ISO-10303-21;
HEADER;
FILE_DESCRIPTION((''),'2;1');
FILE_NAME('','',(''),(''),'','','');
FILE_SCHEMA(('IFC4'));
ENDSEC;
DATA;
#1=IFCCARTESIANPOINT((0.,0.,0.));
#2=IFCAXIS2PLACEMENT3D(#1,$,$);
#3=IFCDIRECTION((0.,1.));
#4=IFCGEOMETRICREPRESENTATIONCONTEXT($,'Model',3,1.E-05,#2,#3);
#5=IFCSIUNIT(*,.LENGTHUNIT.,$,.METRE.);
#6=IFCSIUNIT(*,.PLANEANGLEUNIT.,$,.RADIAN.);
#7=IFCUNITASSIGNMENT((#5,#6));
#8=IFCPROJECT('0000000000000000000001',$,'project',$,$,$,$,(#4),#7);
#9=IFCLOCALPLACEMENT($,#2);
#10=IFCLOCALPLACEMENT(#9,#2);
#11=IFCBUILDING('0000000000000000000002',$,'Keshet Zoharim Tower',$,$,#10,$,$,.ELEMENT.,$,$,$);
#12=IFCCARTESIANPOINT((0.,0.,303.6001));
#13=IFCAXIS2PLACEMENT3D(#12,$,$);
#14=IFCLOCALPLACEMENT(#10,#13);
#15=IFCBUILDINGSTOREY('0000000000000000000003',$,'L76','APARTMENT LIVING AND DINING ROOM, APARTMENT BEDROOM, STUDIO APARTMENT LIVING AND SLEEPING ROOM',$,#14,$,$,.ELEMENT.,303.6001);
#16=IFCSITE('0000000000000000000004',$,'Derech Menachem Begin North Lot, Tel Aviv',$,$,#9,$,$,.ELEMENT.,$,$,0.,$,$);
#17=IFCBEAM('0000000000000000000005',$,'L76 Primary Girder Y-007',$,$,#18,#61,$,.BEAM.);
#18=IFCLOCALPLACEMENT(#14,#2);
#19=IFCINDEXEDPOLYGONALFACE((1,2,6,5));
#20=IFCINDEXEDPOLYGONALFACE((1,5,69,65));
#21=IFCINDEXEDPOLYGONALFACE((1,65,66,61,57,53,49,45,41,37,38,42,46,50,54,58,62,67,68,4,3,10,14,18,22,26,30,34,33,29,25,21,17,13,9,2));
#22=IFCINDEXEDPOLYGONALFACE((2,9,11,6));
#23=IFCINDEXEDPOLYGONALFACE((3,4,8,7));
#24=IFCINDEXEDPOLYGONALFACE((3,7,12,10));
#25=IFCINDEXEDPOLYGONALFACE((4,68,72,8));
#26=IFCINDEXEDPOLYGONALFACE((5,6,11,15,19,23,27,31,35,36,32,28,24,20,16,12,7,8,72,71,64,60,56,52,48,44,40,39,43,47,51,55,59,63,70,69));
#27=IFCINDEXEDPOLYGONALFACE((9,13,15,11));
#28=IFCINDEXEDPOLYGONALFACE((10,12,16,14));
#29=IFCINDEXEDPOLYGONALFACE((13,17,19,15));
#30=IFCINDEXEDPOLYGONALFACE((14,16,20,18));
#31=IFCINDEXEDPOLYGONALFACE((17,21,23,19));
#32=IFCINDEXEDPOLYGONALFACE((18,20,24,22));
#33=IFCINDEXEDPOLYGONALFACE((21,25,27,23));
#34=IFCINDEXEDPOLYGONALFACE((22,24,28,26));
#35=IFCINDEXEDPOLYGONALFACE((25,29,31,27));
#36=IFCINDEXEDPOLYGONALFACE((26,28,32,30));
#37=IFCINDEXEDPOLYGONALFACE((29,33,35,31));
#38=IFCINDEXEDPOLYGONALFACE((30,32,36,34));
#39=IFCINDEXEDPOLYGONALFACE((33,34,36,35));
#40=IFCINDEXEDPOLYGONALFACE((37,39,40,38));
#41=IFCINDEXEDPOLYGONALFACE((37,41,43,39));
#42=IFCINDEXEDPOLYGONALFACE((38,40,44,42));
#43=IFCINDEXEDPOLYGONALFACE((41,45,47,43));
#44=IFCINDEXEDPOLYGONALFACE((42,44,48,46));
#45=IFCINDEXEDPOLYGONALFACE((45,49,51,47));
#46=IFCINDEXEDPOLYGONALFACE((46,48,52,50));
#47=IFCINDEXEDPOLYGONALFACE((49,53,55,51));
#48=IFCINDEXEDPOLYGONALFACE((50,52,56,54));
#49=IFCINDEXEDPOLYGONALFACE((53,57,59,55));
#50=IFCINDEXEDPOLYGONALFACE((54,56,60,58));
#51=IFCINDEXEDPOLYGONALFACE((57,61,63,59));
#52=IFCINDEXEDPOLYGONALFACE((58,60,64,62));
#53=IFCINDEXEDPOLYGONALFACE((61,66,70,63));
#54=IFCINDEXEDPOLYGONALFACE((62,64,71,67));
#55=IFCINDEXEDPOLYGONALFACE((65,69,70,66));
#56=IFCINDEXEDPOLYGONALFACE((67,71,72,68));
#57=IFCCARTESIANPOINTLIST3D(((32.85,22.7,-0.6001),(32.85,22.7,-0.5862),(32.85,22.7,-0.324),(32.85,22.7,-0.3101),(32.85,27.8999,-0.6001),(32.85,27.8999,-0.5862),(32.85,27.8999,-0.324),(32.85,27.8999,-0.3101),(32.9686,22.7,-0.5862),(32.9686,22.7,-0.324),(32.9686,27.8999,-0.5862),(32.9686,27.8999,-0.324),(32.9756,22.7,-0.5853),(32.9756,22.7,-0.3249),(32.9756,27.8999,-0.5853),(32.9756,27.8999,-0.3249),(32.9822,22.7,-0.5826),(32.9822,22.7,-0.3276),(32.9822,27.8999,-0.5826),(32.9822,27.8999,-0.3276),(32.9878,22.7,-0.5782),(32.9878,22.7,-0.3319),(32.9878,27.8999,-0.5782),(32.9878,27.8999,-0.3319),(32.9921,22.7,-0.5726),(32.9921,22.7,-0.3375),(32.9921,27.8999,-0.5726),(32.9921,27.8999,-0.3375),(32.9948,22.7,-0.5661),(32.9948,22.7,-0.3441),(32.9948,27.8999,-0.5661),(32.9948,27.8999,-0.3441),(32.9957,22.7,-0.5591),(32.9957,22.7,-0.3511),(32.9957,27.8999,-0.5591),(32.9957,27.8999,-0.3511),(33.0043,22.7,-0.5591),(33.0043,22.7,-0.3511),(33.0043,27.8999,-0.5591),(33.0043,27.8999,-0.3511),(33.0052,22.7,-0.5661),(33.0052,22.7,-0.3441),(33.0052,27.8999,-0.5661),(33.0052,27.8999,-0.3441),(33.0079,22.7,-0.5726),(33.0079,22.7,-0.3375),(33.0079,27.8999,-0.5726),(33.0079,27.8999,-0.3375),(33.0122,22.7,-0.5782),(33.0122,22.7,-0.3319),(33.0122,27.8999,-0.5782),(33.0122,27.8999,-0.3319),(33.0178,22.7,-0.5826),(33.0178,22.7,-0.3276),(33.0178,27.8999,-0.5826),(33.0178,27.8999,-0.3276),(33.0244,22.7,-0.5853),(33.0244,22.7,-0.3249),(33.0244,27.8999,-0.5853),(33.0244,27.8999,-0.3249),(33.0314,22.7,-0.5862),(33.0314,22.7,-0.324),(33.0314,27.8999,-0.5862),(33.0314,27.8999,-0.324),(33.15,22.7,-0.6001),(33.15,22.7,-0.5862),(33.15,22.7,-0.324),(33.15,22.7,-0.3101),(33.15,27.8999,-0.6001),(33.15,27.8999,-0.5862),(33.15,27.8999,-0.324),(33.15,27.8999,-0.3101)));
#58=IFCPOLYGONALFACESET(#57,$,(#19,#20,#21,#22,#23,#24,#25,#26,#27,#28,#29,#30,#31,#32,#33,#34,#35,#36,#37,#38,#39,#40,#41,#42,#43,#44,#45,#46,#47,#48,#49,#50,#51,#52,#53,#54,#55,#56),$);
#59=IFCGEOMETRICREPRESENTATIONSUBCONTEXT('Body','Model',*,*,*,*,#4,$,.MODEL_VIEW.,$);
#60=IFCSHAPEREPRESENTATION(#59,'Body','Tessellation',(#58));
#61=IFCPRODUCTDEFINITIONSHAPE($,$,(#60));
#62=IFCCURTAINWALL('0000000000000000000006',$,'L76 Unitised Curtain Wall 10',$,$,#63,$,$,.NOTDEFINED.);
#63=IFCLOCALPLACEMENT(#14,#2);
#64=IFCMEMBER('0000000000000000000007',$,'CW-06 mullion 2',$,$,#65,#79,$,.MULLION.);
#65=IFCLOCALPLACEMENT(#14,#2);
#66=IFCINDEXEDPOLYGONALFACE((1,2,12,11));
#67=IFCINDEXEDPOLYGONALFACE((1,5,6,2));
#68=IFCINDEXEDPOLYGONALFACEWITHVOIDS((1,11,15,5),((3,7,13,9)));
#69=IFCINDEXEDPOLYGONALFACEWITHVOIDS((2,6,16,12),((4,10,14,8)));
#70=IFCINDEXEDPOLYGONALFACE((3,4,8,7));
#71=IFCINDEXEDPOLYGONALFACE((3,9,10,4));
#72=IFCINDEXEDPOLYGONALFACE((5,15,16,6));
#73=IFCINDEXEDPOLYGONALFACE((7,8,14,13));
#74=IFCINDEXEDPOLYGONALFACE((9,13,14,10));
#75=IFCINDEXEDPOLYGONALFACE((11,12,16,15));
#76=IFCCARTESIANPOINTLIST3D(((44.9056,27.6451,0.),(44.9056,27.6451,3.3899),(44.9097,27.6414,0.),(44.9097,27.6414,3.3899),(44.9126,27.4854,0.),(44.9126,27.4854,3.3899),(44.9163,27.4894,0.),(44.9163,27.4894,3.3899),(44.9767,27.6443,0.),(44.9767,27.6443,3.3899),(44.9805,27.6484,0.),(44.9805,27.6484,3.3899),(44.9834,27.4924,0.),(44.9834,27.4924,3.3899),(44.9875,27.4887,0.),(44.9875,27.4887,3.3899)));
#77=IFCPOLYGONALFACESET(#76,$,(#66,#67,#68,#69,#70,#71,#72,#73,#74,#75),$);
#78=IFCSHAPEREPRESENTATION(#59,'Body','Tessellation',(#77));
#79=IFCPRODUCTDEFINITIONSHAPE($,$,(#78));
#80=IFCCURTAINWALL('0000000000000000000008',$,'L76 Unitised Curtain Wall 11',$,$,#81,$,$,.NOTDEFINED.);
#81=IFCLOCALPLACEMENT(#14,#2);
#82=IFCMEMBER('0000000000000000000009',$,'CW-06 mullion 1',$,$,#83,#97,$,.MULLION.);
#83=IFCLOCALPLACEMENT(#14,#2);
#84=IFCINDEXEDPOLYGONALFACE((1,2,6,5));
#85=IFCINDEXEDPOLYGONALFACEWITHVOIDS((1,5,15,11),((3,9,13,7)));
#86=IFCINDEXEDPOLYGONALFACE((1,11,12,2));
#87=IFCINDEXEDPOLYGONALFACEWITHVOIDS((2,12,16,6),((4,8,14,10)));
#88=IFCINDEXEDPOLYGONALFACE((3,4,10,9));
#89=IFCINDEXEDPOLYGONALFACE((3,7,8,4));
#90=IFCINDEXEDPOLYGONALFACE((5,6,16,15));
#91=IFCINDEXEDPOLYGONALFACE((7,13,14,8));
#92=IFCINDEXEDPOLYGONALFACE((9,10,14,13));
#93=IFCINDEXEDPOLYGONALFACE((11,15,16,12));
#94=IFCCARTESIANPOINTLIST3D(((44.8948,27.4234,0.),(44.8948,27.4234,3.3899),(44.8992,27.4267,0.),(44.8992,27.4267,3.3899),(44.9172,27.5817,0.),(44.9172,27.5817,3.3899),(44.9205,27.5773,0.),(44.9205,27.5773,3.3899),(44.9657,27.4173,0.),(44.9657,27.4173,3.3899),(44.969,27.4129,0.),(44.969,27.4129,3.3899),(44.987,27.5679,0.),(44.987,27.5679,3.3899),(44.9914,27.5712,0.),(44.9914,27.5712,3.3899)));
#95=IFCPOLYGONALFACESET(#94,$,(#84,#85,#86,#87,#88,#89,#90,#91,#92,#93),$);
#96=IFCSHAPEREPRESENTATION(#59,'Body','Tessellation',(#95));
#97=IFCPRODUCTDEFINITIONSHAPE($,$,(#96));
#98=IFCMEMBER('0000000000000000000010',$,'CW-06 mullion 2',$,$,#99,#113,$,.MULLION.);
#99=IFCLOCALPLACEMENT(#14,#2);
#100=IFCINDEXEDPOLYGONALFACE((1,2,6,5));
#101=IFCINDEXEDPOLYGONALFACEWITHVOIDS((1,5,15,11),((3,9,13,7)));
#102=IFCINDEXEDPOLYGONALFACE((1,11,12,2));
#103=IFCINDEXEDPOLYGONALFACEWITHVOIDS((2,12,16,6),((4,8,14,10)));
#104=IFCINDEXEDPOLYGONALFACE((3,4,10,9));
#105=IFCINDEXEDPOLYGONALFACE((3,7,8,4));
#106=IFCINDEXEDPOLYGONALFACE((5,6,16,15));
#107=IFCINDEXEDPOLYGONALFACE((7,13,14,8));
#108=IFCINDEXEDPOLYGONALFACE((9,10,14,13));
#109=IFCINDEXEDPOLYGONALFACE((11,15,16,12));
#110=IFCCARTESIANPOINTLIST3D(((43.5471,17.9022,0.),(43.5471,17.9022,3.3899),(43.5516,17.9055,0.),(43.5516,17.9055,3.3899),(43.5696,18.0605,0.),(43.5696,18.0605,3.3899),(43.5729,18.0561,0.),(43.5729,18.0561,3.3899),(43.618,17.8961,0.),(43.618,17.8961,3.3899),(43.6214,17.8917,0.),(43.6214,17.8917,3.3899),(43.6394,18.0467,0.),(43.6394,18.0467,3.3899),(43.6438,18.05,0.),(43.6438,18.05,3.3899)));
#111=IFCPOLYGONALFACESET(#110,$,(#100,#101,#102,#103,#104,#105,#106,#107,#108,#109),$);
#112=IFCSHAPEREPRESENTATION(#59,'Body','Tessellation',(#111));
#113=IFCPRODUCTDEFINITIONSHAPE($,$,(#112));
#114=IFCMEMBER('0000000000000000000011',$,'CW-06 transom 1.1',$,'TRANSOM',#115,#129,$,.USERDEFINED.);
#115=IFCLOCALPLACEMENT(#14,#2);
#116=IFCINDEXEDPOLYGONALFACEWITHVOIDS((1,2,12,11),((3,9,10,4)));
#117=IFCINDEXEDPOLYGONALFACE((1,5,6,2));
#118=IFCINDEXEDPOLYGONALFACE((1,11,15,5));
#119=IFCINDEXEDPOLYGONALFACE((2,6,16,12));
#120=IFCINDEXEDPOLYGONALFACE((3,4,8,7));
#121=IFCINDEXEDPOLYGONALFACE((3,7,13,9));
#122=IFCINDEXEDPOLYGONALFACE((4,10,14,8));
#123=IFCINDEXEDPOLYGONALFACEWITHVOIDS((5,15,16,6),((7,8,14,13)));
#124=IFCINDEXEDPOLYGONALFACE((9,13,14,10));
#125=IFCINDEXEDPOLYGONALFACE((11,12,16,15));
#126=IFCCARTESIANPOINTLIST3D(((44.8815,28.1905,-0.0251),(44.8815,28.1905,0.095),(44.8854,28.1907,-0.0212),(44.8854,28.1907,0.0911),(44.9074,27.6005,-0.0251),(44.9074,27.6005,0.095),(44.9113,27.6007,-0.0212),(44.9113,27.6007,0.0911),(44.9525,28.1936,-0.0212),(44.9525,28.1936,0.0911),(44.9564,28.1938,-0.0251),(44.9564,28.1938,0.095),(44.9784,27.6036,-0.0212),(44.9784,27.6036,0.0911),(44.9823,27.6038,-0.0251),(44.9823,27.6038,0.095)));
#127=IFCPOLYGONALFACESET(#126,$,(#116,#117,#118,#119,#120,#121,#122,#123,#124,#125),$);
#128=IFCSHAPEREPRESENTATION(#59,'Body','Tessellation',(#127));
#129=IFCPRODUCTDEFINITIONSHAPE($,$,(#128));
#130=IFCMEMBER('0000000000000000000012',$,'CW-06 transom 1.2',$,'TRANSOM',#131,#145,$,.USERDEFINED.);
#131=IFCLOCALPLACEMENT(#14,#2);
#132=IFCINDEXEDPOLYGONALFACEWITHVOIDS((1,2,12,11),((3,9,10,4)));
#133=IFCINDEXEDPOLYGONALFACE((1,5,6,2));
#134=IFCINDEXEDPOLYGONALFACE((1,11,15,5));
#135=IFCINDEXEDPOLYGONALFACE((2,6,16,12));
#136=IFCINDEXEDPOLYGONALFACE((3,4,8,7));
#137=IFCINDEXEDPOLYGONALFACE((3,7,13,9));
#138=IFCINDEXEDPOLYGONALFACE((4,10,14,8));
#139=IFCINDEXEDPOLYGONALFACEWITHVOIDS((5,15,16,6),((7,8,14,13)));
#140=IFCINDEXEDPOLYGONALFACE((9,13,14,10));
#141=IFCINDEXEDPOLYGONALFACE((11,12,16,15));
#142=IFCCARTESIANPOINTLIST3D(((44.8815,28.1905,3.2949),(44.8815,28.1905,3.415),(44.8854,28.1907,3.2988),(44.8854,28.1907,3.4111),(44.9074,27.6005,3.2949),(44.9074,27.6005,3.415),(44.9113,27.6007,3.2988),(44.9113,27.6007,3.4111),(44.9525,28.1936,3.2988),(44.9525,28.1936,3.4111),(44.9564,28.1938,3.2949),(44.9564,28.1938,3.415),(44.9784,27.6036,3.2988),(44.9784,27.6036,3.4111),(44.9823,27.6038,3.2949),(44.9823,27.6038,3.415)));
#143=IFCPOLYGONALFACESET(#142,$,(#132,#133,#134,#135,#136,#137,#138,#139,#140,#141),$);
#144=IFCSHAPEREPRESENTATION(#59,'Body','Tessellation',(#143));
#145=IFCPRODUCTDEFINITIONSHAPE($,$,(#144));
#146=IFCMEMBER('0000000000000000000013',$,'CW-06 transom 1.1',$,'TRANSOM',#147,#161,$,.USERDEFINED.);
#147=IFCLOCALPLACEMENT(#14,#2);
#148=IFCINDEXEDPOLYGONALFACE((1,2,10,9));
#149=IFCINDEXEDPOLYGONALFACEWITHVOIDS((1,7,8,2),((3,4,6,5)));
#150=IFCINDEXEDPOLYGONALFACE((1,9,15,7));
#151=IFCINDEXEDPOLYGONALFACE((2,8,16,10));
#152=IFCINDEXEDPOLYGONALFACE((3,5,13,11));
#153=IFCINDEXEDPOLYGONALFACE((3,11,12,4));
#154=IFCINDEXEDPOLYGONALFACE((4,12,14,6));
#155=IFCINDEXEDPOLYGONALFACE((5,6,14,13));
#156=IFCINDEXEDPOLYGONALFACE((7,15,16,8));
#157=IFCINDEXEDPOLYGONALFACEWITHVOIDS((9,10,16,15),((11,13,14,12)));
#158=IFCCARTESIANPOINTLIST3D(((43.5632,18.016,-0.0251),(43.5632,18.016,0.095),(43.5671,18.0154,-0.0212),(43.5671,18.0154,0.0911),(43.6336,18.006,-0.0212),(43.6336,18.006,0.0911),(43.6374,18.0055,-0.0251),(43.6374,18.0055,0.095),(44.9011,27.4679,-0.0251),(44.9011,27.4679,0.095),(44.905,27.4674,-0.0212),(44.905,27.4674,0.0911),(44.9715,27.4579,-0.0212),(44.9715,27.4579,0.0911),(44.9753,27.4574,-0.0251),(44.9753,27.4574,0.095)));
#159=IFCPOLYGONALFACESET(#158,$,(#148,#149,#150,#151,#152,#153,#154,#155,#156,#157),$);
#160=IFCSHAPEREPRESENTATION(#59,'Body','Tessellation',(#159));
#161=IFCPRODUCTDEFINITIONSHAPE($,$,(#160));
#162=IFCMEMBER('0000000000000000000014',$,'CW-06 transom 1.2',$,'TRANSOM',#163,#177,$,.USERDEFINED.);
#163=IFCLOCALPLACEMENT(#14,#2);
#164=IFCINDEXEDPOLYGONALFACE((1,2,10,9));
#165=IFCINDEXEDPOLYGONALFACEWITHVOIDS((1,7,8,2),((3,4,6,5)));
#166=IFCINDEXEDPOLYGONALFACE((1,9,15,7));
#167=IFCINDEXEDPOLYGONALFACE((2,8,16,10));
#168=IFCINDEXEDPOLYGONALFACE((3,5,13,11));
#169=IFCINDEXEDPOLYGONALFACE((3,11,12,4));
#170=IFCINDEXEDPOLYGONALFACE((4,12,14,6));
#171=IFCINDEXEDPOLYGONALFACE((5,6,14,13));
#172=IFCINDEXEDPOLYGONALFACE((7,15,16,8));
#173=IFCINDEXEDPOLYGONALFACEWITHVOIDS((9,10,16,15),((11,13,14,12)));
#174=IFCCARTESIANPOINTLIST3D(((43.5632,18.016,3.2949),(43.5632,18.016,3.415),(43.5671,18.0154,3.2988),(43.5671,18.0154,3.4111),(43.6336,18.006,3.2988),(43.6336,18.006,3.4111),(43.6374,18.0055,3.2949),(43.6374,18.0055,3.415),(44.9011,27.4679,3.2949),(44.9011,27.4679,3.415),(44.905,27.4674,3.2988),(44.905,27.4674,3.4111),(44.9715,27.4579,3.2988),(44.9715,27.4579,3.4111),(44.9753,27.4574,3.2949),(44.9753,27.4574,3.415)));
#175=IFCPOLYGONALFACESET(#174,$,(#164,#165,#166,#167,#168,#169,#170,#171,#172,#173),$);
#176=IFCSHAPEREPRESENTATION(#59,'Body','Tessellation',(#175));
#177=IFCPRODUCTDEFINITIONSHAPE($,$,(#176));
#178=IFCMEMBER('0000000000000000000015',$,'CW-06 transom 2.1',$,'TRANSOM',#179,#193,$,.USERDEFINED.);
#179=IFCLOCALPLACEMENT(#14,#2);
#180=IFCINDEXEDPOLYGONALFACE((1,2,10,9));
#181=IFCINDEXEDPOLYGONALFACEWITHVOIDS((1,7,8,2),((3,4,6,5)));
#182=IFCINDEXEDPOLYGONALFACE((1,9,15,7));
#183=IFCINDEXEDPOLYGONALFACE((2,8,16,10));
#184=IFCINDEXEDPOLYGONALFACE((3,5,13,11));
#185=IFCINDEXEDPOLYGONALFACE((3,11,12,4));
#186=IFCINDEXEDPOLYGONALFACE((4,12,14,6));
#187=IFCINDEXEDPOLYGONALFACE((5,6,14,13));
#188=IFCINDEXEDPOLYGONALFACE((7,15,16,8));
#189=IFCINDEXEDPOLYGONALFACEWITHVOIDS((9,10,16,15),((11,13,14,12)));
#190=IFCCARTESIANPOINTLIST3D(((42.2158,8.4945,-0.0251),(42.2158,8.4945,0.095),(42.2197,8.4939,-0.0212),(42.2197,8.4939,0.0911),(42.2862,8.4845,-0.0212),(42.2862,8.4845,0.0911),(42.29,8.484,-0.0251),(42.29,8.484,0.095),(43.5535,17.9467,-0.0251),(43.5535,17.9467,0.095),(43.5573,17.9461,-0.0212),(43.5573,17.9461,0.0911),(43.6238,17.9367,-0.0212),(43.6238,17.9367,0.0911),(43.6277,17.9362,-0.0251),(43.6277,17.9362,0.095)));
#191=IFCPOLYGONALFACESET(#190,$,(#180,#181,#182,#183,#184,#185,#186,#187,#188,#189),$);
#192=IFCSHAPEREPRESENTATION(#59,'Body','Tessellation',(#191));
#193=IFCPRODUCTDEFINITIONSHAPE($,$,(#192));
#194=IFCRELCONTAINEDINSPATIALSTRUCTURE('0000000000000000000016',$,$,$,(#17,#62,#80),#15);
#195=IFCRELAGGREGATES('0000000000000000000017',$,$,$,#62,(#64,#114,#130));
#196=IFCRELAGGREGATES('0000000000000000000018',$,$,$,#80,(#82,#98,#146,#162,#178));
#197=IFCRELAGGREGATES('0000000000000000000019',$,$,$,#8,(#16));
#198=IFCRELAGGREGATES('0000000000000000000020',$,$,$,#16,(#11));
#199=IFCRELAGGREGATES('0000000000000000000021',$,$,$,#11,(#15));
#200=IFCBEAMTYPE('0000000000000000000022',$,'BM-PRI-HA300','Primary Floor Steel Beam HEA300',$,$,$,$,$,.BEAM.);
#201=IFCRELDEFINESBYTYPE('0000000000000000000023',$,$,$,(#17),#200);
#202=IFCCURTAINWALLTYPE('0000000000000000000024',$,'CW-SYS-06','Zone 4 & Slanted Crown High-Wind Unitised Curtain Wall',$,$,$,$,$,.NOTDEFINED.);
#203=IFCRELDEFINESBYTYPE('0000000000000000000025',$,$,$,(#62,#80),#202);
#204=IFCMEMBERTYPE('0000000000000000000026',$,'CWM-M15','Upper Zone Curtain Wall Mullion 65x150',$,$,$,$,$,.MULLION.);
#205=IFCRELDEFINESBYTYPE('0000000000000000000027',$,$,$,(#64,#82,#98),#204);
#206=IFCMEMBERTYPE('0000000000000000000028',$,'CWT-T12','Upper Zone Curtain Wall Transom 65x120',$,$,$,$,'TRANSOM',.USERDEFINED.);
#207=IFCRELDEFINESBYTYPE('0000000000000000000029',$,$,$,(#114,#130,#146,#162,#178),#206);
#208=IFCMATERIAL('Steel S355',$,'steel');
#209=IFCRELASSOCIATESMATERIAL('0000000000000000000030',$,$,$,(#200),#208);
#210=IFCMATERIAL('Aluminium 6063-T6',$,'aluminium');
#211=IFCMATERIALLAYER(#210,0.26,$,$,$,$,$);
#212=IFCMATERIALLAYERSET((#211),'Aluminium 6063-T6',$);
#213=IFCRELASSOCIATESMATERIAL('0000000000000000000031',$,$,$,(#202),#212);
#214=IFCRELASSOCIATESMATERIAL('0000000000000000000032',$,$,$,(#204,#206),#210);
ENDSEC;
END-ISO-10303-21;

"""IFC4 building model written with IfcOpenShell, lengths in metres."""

from ifc_helpers import new_model, si_unit, direction, frame, origin, origin_2d, place, context, subcontext, project, spatial, hollow_rectangle, i_section, extrude, material, layer, layer_set, material_profile, profile_set, type_object, element, aggregate, save


model = new_model("IFC4")

# Units and contexts
model_context = context("Model", 3, precision=1e-05, world=origin(), true_north=direction((0.0, 1.0)))
body_context = subcontext(model_context, "Body", "Model", "MODEL_VIEW")
ifc_project = project(units=[si_unit("LENGTHUNIT", "METRE"), si_unit("PLANEANGLEUNIT", "RADIAN")], contexts=[model_context])

# Site, building, storey
site_placement = place(None, origin())
site = spatial("IfcSite", under=ifc_project, at=site_placement, Name="Derech Menachem Begin North Lot, Tel Aviv", CompositionType="ELEMENT", RefElevation=0.0)
building_placement = place(site_placement, origin())
building = spatial("IfcBuilding", under=site, at=building_placement, Name="Keshet Zoharim Tower", CompositionType="ELEMENT")
storey_placement = place(building_placement, frame((0.0, 0.0, 303.6001)))
storey = spatial("IfcBuildingStorey", under=building, at=storey_placement, Name="L76", Description="APARTMENT LIVING AND DINING ROOM, APARTMENT BEDROOM, STUDIO APARTMENT LIVING AND SLEEPING ROOM", CompositionType="ELEMENT", Elevation=303.6001)

# Shared definitions
ifc_material_1 = material(Name="Steel S355", Category="steel")

# Beam
ifc_material_profile_1 = material_profile(ifc_material_1, i_section(OverallWidth=0.3, OverallDepth=0.29, WebThickness=0.0085, FlangeThickness=0.0139, FilletRadius=0.0271, at=origin_2d()), Name="HEA300")
ifc_profile_set_1 = profile_set([ifc_material_profile_1], Name="Steel S355")
beam_type_1 = type_object("IfcBeamType", Name="BM-PRI-HA300", Description="Primary Floor Steel Beam HEA300", PredefinedType="BEAM", material=ifc_profile_set_1)
beam_1_placement = place(storey_placement, frame((33.0, 22.7, -0.4551), z_axis=(0.0, 1.0, 0.0), x_axis=(-1.0, 0.0, 0.0)))
element("IfcBeam", 1, at=beam_1_placement, inside=storey, type_object=beam_type_1, Name="L76 Primary Girder Y-007", PredefinedType="BEAM", context=body_context, shape_type="SweptSolid", body=[
    extrude(i_section(OverallWidth=0.3, OverallDepth=0.29, WebThickness=0.0085, FlangeThickness=0.0139, FilletRadius=0.0271, at=origin_2d()), origin(), (0.0, 0.0, 1.0), 5.2),
])

# Curtain wall, member
ifc_material_2 = material(Name="Aluminium 6063-T6", Category="aluminium")
ifc_layer_1 = layer(ifc_material_2, 0.26)
ifc_layer_set_1 = layer_set([ifc_layer_1], Name="Aluminium 6063-T6")
curtain_wall_type = type_object("IfcCurtainWallType", Name="CW-SYS-06", Description="Zone 4 & Slanted Crown High-Wind Unitised Curtain Wall", PredefinedType="NOTDEFINED", material=ifc_layer_set_1)
curtain_wall_1_placement = place(storey_placement, origin())
curtain_wall_1 = element("IfcCurtainWall", 2, at=curtain_wall_1_placement, inside=storey, type_object=curtain_wall_type, Name="L76 Unitised Curtain Wall 10", PredefinedType="NOTDEFINED")
ifc_material_profile_2 = material_profile(ifc_material_2, hollow_rectangle(XDim=0.075, YDim=0.1599, WallThickness=0.0039, at=origin_2d()), Name="MUL-75x160")
ifc_profile_set_2 = profile_set([ifc_material_profile_2], Name="Aluminium 6063-T6")
member_type_1 = type_object("IfcMemberType", Name="CWM-M15", Description="Upper Zone Curtain Wall Mullion 65x150", PredefinedType="MULLION", material=ifc_profile_set_2)
member_1_placement = place(storey_placement, frame((44.9465, 27.5669, 0.0), z_axis=(0.0, 0.0, 1.0), x_axis=(0.999041, 0.043794, 0.0)))
member_1 = element("IfcMember", 3, at=member_1_placement, type_object=member_type_1, Name="CW-06 mullion 2", PredefinedType="MULLION", context=body_context, shape_type="SweptSolid", body=[
    extrude(hollow_rectangle(XDim=0.075, YDim=0.1599, WallThickness=0.0039, at=origin_2d()), origin(), (0.0, 0.0, 1.0), 3.3899),
])

# Curtain wall, members
curtain_wall_2_placement = place(storey_placement, origin())
curtain_wall_2 = element("IfcCurtainWall", 4, at=curtain_wall_2_placement, inside=storey, type_object=curtain_wall_type, Name="L76 Unitised Curtain Wall 11", PredefinedType="NOTDEFINED")
member_2_placement = place(storey_placement, frame((44.9431, 27.4973, 0.0), z_axis=(0.0, 0.0, 1.0), x_axis=(0.990132, -0.140137, 0.0)))
member_2 = element("IfcMember", 5, at=member_2_placement, type_object=member_type_1, Name="CW-06 mullion 1", PredefinedType="MULLION", context=body_context, shape_type="SweptSolid", body=[
    extrude(hollow_rectangle(XDim=0.075, YDim=0.1599, WallThickness=0.0039, at=origin_2d()), origin(), (0.0, 0.0, 1.0), 3.3899),
])
member_3_placement = place(storey_placement, frame((43.5955, 17.9761, 0.0), z_axis=(0.0, 0.0, 1.0), x_axis=(0.990132, -0.140137, 0.0)))
member_3 = element("IfcMember", 6, at=member_3_placement, type_object=member_type_1, Name="CW-06 mullion 2", PredefinedType="MULLION", context=body_context, shape_type="SweptSolid", body=[
    extrude(hollow_rectangle(XDim=0.075, YDim=0.1599, WallThickness=0.0039, at=origin_2d()), origin(), (0.0, 0.0, 1.0), 3.3899),
])

# Members
ifc_material_profile_3 = material_profile(ifc_material_2, hollow_rectangle(XDim=0.075, YDim=0.1201, WallThickness=0.0039, at=origin_2d()), Name="TRN-75x120")
ifc_profile_set_3 = profile_set([ifc_material_profile_3], Name="Aluminium 6063-T6")
member_type_2 = type_object("IfcMemberType", Name="CWT-T12", Description="Upper Zone Curtain Wall Transom 65x120", ElementType="TRANSOM", PredefinedType="USERDEFINED", material=ifc_profile_set_3)
member_4_placement = place(storey_placement, frame((44.9189, 28.1921, 0.0349), z_axis=(0.043814, -0.99904, 0.0), x_axis=(0.99904, 0.043814, 0.0)))
member_4 = element("IfcMember", 7, at=member_4_placement, type_object=member_type_2, Name="CW-06 transom 1.1", ObjectType="TRANSOM", PredefinedType="USERDEFINED", context=body_context, shape_type="SweptSolid", body=[
    extrude(hollow_rectangle(XDim=0.075, YDim=0.1201, WallThickness=0.0039, at=origin_2d()), origin(), (0.0, 0.0, 1.0), 0.5906),
])
member_5_placement = place(storey_placement, frame((44.9189, 28.1921, 3.355), z_axis=(0.043814, -0.99904, 0.0), x_axis=(0.99904, 0.043814, 0.0)))
member_5 = element("IfcMember", 8, at=member_5_placement, type_object=member_type_2, Name="CW-06 transom 1.2", ObjectType="TRANSOM", PredefinedType="USERDEFINED", context=body_context, shape_type="SweptSolid", body=[
    extrude(hollow_rectangle(XDim=0.075, YDim=0.1201, WallThickness=0.0039, at=origin_2d()), origin(), (0.0, 0.0, 1.0), 0.5906),
])
member_6_placement = place(storey_placement, frame((44.9382, 27.4626, 0.0349), z_axis=(-0.14015, -0.99013, 0.0), x_axis=(0.99013, -0.14015, 0.0)))
member_6 = element("IfcMember", 9, at=member_6_placement, type_object=member_type_2, Name="CW-06 transom 1.1", ObjectType="TRANSOM", PredefinedType="USERDEFINED", context=body_context, shape_type="SweptSolid", body=[
    extrude(hollow_rectangle(XDim=0.075, YDim=0.1201, WallThickness=0.0039, at=origin_2d()), origin(), (0.0, 0.0, 1.0), 9.5461),
])
member_7_placement = place(storey_placement, frame((44.9382, 27.4626, 3.355), z_axis=(-0.14015, -0.99013, 0.0), x_axis=(0.99013, -0.14015, 0.0)))
member_7 = element("IfcMember", 10, at=member_7_placement, type_object=member_type_2, Name="CW-06 transom 1.2", ObjectType="TRANSOM", PredefinedType="USERDEFINED", context=body_context, shape_type="SweptSolid", body=[
    extrude(hollow_rectangle(XDim=0.075, YDim=0.1201, WallThickness=0.0039, at=origin_2d()), origin(), (0.0, 0.0, 1.0), 9.5461),
])
member_8_placement = place(storey_placement, frame((43.5906, 17.9414, 0.0349), z_axis=(-0.140122, -0.990134, 0.0), x_axis=(0.990134, -0.140122, 0.0)))
member_8 = element("IfcMember", 11, at=member_8_placement, type_object=member_type_2, Name="CW-06 transom 2.1", ObjectType="TRANSOM", PredefinedType="USERDEFINED", context=body_context, shape_type="SweptSolid", body=[
    extrude(hollow_rectangle(XDim=0.075, YDim=0.1201, WallThickness=0.0039, at=origin_2d()), origin(), (0.0, 0.0, 1.0), 9.5464),
])

aggregate(curtain_wall_1, [member_1, member_4, member_5])
aggregate(curtain_wall_2, [member_2, member_3, member_6, member_7, member_8])

save(model, "model.ifc")
